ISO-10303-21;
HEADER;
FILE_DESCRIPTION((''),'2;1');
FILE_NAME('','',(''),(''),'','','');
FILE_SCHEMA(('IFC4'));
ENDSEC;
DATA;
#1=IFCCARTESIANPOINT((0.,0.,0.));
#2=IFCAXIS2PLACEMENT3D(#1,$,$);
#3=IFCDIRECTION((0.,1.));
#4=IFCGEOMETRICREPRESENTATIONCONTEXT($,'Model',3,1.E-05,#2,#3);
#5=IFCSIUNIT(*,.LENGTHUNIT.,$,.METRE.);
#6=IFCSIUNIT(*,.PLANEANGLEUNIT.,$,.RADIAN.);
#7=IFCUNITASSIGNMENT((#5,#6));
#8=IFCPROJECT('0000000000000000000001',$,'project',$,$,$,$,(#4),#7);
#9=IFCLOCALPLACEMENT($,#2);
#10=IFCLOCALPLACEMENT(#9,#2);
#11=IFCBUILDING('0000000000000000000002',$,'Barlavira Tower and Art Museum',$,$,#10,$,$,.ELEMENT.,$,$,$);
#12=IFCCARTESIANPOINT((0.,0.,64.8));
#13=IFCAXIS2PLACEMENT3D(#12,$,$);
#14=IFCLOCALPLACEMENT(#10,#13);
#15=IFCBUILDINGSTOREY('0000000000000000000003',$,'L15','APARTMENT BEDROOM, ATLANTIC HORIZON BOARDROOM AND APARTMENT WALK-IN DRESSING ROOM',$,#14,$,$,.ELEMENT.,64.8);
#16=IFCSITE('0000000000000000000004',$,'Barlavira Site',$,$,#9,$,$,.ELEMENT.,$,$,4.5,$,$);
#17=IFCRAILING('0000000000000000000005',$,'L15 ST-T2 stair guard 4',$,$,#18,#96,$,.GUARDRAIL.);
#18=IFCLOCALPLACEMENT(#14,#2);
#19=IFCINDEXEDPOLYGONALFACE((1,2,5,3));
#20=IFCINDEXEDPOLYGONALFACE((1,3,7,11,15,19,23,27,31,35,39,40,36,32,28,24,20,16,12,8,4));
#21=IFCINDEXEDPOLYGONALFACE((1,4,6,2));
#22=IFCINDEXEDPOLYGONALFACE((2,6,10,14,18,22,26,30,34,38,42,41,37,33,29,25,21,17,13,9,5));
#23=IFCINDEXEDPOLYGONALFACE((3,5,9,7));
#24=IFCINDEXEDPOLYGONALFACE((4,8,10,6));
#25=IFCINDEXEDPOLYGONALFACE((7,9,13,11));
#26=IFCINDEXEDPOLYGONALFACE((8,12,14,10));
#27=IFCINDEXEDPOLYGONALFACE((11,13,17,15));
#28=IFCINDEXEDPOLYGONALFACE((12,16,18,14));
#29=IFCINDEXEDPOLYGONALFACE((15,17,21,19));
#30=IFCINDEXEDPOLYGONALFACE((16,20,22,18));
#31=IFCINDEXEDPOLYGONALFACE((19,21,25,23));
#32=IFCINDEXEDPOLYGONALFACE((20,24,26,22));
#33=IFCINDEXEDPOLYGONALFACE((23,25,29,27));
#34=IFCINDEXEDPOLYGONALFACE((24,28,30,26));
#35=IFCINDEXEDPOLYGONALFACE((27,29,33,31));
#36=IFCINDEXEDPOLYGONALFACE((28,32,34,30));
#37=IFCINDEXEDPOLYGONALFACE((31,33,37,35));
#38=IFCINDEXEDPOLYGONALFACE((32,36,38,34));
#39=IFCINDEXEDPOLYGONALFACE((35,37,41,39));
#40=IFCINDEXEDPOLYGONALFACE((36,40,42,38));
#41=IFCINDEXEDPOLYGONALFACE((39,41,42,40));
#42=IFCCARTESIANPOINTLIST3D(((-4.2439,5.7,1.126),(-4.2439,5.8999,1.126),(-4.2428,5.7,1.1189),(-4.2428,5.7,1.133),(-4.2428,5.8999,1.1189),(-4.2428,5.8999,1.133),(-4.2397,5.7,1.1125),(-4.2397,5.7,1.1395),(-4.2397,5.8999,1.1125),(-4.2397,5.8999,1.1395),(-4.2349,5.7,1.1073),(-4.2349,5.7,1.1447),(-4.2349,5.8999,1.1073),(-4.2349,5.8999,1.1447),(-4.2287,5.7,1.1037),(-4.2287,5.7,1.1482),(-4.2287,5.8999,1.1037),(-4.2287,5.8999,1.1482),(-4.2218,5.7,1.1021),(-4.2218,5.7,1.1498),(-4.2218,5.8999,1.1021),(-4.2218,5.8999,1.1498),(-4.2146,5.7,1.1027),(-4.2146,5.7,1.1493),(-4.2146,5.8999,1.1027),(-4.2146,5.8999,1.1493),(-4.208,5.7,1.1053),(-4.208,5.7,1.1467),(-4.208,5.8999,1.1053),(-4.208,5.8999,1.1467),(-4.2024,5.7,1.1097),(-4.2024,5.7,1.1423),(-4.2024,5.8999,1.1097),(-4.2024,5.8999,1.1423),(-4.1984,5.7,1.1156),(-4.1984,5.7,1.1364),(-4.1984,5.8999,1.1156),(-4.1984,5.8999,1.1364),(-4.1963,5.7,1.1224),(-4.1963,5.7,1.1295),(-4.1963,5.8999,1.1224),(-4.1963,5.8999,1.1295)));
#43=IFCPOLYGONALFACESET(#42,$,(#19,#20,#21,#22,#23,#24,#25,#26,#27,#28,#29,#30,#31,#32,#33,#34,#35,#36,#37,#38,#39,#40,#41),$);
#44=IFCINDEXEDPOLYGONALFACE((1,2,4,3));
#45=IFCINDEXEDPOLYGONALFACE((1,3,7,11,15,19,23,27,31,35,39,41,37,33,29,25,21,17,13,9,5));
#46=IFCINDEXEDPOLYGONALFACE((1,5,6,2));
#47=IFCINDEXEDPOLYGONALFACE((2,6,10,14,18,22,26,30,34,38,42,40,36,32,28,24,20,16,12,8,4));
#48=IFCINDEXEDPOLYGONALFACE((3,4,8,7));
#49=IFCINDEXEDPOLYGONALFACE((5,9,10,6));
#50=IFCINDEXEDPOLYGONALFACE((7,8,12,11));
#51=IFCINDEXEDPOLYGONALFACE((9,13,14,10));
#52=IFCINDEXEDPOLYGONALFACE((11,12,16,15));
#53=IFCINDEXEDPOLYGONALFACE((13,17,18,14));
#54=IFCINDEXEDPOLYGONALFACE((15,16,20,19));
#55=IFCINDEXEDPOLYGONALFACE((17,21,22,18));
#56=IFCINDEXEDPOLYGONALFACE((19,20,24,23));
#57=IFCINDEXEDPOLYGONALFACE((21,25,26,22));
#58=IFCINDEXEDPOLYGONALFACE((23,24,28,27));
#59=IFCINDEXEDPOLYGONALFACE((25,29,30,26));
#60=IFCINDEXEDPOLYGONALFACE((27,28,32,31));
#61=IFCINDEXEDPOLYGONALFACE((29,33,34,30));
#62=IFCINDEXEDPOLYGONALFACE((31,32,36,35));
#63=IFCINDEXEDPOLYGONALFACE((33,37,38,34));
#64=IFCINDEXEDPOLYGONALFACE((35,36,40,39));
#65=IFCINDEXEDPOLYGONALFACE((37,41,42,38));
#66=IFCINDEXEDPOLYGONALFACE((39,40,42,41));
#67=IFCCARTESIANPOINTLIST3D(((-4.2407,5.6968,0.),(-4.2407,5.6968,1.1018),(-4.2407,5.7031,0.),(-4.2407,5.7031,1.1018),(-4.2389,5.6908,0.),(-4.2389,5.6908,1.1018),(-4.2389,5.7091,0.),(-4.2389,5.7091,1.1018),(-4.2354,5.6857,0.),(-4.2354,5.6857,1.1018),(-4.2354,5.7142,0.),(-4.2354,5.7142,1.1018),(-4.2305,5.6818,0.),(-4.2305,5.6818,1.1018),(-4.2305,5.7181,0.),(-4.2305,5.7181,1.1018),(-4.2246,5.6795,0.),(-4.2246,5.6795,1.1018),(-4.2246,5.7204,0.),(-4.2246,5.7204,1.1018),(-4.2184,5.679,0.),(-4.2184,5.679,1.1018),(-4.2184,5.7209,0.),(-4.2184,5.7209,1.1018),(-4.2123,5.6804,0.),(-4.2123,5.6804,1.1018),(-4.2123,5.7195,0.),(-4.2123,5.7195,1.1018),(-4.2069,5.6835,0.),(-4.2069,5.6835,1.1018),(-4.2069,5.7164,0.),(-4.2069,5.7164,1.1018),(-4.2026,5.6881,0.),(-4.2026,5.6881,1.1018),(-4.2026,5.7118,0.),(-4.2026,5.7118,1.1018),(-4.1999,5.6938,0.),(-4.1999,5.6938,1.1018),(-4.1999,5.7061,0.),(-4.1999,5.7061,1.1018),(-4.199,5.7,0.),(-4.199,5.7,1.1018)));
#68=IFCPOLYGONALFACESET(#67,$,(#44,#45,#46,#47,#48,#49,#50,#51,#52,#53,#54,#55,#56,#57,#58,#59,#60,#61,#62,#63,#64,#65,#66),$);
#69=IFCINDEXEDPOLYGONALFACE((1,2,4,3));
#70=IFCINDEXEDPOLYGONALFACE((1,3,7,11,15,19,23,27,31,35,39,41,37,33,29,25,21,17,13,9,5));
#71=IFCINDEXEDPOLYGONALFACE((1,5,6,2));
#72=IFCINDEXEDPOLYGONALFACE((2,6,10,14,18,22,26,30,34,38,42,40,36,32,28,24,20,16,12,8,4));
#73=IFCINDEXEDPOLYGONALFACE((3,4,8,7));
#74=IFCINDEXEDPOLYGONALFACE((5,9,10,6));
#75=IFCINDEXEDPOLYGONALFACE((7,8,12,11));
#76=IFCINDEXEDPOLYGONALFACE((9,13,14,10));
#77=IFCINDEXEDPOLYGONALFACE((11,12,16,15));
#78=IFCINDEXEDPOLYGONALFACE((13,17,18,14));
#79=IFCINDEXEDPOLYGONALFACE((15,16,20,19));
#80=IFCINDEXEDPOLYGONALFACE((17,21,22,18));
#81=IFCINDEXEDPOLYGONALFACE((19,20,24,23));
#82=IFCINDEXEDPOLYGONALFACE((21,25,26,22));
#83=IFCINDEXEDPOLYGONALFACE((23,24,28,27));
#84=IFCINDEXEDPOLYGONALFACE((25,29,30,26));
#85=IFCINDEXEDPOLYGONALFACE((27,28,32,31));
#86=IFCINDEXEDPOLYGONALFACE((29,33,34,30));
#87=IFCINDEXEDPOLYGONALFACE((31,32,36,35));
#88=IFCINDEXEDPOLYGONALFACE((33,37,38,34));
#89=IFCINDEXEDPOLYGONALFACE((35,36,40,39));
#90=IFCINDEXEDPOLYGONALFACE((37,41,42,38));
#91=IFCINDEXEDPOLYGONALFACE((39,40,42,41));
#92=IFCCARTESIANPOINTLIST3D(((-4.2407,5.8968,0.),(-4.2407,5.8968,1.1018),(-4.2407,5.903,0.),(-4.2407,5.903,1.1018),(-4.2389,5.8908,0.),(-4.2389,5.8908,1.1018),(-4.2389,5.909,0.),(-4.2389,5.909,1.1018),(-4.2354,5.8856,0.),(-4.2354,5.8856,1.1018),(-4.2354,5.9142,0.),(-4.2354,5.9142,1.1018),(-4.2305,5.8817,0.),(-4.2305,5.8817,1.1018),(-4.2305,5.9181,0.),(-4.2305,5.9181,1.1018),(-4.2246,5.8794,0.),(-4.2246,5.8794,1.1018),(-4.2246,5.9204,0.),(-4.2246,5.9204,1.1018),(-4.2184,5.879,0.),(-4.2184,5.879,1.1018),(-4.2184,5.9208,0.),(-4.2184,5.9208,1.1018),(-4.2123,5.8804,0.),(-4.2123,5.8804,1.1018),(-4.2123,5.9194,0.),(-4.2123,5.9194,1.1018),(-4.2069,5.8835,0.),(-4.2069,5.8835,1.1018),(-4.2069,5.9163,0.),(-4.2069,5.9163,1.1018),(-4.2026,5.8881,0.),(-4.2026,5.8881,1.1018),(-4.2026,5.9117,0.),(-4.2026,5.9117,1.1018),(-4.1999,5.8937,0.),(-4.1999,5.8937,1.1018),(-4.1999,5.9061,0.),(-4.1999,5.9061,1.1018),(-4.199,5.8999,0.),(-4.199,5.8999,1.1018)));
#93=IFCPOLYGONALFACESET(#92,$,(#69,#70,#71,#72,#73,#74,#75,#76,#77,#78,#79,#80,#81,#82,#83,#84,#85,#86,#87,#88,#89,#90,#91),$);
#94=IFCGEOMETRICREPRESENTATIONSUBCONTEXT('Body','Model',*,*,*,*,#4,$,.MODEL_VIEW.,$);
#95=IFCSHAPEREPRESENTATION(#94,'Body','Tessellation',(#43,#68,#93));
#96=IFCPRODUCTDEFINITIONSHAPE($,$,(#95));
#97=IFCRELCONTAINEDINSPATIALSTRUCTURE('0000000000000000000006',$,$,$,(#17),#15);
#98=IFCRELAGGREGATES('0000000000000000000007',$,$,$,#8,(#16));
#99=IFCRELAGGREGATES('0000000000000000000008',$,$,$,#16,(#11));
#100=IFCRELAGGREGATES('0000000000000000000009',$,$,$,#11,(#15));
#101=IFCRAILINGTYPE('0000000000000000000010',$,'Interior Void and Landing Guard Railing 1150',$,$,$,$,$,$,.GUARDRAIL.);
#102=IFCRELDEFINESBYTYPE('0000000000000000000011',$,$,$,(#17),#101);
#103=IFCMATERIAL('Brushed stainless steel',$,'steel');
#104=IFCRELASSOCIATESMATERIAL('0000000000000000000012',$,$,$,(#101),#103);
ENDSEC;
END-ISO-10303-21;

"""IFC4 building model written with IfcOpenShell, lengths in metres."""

from ifc_helpers import new_model, si_unit, direction, frame, origin, origin_2d, place, context, subcontext, project, spatial, circle, extrude, material, type_object, element, save


model = new_model("IFC4")

# Units and contexts
model_context = context("Model", 3, precision=1e-05, world=origin(), true_north=direction((0.0, 1.0)))
body_context = subcontext(model_context, "Body", "Model", "MODEL_VIEW")
ifc_project = project(units=[si_unit("LENGTHUNIT", "METRE"), si_unit("PLANEANGLEUNIT", "RADIAN")], contexts=[model_context])

# Site, building, storey
site_placement = place(None, origin())
site = spatial("IfcSite", under=ifc_project, at=site_placement, Name="Barlavira Site", CompositionType="ELEMENT", RefElevation=4.5)
building_placement = place(site_placement, origin())
building = spatial("IfcBuilding", under=site, at=building_placement, Name="Barlavira Tower and Art Museum", CompositionType="ELEMENT")
storey_placement = place(building_placement, frame((0.0, 0.0, 64.8)))
storey = spatial("IfcBuildingStorey", under=building, at=storey_placement, Name="L15", Description="APARTMENT BEDROOM, ATLANTIC HORIZON BOARDROOM AND APARTMENT WALK-IN DRESSING ROOM", CompositionType="ELEMENT", Elevation=64.8)

# Shared definitions
ifc_material_1 = material(Name="Brushed stainless steel", Category="steel")

# Railing
railing_type_1 = type_object("IfcRailingType", Name="Interior Void and Landing Guard Railing 1150", PredefinedType="GUARDRAIL", material=ifc_material_1)
railing_1_placement = place(storey_placement, frame((-4.22, 5.7, 0.0)))
element("IfcRailing", 1, at=railing_1_placement, inside=storey, type_object=railing_type_1, Name="L15 ST-T2 stair guard 4", PredefinedType="GUARDRAIL", context=body_context, shape_type="SweptSolid", body=[
    extrude(circle(Radius=0.0239, at=origin_2d()), frame((0.0, 0.0, 1.126), z_axis=(0.0, 1.0, 0.0), x_axis=(-1.0, 0.0, 0.0)), (0.0, 0.0, 1.0), 0.2),
    extrude(circle(Radius=0.021, at=origin_2d()), origin(), (0.0, 0.0, 1.0), 1.1018),
    extrude(circle(Radius=0.021, at=origin_2d()), frame((0.0, 0.2, 0.0)), (0.0, 0.0, 1.0), 1.1018),
])

save(model, "model.ifc")
